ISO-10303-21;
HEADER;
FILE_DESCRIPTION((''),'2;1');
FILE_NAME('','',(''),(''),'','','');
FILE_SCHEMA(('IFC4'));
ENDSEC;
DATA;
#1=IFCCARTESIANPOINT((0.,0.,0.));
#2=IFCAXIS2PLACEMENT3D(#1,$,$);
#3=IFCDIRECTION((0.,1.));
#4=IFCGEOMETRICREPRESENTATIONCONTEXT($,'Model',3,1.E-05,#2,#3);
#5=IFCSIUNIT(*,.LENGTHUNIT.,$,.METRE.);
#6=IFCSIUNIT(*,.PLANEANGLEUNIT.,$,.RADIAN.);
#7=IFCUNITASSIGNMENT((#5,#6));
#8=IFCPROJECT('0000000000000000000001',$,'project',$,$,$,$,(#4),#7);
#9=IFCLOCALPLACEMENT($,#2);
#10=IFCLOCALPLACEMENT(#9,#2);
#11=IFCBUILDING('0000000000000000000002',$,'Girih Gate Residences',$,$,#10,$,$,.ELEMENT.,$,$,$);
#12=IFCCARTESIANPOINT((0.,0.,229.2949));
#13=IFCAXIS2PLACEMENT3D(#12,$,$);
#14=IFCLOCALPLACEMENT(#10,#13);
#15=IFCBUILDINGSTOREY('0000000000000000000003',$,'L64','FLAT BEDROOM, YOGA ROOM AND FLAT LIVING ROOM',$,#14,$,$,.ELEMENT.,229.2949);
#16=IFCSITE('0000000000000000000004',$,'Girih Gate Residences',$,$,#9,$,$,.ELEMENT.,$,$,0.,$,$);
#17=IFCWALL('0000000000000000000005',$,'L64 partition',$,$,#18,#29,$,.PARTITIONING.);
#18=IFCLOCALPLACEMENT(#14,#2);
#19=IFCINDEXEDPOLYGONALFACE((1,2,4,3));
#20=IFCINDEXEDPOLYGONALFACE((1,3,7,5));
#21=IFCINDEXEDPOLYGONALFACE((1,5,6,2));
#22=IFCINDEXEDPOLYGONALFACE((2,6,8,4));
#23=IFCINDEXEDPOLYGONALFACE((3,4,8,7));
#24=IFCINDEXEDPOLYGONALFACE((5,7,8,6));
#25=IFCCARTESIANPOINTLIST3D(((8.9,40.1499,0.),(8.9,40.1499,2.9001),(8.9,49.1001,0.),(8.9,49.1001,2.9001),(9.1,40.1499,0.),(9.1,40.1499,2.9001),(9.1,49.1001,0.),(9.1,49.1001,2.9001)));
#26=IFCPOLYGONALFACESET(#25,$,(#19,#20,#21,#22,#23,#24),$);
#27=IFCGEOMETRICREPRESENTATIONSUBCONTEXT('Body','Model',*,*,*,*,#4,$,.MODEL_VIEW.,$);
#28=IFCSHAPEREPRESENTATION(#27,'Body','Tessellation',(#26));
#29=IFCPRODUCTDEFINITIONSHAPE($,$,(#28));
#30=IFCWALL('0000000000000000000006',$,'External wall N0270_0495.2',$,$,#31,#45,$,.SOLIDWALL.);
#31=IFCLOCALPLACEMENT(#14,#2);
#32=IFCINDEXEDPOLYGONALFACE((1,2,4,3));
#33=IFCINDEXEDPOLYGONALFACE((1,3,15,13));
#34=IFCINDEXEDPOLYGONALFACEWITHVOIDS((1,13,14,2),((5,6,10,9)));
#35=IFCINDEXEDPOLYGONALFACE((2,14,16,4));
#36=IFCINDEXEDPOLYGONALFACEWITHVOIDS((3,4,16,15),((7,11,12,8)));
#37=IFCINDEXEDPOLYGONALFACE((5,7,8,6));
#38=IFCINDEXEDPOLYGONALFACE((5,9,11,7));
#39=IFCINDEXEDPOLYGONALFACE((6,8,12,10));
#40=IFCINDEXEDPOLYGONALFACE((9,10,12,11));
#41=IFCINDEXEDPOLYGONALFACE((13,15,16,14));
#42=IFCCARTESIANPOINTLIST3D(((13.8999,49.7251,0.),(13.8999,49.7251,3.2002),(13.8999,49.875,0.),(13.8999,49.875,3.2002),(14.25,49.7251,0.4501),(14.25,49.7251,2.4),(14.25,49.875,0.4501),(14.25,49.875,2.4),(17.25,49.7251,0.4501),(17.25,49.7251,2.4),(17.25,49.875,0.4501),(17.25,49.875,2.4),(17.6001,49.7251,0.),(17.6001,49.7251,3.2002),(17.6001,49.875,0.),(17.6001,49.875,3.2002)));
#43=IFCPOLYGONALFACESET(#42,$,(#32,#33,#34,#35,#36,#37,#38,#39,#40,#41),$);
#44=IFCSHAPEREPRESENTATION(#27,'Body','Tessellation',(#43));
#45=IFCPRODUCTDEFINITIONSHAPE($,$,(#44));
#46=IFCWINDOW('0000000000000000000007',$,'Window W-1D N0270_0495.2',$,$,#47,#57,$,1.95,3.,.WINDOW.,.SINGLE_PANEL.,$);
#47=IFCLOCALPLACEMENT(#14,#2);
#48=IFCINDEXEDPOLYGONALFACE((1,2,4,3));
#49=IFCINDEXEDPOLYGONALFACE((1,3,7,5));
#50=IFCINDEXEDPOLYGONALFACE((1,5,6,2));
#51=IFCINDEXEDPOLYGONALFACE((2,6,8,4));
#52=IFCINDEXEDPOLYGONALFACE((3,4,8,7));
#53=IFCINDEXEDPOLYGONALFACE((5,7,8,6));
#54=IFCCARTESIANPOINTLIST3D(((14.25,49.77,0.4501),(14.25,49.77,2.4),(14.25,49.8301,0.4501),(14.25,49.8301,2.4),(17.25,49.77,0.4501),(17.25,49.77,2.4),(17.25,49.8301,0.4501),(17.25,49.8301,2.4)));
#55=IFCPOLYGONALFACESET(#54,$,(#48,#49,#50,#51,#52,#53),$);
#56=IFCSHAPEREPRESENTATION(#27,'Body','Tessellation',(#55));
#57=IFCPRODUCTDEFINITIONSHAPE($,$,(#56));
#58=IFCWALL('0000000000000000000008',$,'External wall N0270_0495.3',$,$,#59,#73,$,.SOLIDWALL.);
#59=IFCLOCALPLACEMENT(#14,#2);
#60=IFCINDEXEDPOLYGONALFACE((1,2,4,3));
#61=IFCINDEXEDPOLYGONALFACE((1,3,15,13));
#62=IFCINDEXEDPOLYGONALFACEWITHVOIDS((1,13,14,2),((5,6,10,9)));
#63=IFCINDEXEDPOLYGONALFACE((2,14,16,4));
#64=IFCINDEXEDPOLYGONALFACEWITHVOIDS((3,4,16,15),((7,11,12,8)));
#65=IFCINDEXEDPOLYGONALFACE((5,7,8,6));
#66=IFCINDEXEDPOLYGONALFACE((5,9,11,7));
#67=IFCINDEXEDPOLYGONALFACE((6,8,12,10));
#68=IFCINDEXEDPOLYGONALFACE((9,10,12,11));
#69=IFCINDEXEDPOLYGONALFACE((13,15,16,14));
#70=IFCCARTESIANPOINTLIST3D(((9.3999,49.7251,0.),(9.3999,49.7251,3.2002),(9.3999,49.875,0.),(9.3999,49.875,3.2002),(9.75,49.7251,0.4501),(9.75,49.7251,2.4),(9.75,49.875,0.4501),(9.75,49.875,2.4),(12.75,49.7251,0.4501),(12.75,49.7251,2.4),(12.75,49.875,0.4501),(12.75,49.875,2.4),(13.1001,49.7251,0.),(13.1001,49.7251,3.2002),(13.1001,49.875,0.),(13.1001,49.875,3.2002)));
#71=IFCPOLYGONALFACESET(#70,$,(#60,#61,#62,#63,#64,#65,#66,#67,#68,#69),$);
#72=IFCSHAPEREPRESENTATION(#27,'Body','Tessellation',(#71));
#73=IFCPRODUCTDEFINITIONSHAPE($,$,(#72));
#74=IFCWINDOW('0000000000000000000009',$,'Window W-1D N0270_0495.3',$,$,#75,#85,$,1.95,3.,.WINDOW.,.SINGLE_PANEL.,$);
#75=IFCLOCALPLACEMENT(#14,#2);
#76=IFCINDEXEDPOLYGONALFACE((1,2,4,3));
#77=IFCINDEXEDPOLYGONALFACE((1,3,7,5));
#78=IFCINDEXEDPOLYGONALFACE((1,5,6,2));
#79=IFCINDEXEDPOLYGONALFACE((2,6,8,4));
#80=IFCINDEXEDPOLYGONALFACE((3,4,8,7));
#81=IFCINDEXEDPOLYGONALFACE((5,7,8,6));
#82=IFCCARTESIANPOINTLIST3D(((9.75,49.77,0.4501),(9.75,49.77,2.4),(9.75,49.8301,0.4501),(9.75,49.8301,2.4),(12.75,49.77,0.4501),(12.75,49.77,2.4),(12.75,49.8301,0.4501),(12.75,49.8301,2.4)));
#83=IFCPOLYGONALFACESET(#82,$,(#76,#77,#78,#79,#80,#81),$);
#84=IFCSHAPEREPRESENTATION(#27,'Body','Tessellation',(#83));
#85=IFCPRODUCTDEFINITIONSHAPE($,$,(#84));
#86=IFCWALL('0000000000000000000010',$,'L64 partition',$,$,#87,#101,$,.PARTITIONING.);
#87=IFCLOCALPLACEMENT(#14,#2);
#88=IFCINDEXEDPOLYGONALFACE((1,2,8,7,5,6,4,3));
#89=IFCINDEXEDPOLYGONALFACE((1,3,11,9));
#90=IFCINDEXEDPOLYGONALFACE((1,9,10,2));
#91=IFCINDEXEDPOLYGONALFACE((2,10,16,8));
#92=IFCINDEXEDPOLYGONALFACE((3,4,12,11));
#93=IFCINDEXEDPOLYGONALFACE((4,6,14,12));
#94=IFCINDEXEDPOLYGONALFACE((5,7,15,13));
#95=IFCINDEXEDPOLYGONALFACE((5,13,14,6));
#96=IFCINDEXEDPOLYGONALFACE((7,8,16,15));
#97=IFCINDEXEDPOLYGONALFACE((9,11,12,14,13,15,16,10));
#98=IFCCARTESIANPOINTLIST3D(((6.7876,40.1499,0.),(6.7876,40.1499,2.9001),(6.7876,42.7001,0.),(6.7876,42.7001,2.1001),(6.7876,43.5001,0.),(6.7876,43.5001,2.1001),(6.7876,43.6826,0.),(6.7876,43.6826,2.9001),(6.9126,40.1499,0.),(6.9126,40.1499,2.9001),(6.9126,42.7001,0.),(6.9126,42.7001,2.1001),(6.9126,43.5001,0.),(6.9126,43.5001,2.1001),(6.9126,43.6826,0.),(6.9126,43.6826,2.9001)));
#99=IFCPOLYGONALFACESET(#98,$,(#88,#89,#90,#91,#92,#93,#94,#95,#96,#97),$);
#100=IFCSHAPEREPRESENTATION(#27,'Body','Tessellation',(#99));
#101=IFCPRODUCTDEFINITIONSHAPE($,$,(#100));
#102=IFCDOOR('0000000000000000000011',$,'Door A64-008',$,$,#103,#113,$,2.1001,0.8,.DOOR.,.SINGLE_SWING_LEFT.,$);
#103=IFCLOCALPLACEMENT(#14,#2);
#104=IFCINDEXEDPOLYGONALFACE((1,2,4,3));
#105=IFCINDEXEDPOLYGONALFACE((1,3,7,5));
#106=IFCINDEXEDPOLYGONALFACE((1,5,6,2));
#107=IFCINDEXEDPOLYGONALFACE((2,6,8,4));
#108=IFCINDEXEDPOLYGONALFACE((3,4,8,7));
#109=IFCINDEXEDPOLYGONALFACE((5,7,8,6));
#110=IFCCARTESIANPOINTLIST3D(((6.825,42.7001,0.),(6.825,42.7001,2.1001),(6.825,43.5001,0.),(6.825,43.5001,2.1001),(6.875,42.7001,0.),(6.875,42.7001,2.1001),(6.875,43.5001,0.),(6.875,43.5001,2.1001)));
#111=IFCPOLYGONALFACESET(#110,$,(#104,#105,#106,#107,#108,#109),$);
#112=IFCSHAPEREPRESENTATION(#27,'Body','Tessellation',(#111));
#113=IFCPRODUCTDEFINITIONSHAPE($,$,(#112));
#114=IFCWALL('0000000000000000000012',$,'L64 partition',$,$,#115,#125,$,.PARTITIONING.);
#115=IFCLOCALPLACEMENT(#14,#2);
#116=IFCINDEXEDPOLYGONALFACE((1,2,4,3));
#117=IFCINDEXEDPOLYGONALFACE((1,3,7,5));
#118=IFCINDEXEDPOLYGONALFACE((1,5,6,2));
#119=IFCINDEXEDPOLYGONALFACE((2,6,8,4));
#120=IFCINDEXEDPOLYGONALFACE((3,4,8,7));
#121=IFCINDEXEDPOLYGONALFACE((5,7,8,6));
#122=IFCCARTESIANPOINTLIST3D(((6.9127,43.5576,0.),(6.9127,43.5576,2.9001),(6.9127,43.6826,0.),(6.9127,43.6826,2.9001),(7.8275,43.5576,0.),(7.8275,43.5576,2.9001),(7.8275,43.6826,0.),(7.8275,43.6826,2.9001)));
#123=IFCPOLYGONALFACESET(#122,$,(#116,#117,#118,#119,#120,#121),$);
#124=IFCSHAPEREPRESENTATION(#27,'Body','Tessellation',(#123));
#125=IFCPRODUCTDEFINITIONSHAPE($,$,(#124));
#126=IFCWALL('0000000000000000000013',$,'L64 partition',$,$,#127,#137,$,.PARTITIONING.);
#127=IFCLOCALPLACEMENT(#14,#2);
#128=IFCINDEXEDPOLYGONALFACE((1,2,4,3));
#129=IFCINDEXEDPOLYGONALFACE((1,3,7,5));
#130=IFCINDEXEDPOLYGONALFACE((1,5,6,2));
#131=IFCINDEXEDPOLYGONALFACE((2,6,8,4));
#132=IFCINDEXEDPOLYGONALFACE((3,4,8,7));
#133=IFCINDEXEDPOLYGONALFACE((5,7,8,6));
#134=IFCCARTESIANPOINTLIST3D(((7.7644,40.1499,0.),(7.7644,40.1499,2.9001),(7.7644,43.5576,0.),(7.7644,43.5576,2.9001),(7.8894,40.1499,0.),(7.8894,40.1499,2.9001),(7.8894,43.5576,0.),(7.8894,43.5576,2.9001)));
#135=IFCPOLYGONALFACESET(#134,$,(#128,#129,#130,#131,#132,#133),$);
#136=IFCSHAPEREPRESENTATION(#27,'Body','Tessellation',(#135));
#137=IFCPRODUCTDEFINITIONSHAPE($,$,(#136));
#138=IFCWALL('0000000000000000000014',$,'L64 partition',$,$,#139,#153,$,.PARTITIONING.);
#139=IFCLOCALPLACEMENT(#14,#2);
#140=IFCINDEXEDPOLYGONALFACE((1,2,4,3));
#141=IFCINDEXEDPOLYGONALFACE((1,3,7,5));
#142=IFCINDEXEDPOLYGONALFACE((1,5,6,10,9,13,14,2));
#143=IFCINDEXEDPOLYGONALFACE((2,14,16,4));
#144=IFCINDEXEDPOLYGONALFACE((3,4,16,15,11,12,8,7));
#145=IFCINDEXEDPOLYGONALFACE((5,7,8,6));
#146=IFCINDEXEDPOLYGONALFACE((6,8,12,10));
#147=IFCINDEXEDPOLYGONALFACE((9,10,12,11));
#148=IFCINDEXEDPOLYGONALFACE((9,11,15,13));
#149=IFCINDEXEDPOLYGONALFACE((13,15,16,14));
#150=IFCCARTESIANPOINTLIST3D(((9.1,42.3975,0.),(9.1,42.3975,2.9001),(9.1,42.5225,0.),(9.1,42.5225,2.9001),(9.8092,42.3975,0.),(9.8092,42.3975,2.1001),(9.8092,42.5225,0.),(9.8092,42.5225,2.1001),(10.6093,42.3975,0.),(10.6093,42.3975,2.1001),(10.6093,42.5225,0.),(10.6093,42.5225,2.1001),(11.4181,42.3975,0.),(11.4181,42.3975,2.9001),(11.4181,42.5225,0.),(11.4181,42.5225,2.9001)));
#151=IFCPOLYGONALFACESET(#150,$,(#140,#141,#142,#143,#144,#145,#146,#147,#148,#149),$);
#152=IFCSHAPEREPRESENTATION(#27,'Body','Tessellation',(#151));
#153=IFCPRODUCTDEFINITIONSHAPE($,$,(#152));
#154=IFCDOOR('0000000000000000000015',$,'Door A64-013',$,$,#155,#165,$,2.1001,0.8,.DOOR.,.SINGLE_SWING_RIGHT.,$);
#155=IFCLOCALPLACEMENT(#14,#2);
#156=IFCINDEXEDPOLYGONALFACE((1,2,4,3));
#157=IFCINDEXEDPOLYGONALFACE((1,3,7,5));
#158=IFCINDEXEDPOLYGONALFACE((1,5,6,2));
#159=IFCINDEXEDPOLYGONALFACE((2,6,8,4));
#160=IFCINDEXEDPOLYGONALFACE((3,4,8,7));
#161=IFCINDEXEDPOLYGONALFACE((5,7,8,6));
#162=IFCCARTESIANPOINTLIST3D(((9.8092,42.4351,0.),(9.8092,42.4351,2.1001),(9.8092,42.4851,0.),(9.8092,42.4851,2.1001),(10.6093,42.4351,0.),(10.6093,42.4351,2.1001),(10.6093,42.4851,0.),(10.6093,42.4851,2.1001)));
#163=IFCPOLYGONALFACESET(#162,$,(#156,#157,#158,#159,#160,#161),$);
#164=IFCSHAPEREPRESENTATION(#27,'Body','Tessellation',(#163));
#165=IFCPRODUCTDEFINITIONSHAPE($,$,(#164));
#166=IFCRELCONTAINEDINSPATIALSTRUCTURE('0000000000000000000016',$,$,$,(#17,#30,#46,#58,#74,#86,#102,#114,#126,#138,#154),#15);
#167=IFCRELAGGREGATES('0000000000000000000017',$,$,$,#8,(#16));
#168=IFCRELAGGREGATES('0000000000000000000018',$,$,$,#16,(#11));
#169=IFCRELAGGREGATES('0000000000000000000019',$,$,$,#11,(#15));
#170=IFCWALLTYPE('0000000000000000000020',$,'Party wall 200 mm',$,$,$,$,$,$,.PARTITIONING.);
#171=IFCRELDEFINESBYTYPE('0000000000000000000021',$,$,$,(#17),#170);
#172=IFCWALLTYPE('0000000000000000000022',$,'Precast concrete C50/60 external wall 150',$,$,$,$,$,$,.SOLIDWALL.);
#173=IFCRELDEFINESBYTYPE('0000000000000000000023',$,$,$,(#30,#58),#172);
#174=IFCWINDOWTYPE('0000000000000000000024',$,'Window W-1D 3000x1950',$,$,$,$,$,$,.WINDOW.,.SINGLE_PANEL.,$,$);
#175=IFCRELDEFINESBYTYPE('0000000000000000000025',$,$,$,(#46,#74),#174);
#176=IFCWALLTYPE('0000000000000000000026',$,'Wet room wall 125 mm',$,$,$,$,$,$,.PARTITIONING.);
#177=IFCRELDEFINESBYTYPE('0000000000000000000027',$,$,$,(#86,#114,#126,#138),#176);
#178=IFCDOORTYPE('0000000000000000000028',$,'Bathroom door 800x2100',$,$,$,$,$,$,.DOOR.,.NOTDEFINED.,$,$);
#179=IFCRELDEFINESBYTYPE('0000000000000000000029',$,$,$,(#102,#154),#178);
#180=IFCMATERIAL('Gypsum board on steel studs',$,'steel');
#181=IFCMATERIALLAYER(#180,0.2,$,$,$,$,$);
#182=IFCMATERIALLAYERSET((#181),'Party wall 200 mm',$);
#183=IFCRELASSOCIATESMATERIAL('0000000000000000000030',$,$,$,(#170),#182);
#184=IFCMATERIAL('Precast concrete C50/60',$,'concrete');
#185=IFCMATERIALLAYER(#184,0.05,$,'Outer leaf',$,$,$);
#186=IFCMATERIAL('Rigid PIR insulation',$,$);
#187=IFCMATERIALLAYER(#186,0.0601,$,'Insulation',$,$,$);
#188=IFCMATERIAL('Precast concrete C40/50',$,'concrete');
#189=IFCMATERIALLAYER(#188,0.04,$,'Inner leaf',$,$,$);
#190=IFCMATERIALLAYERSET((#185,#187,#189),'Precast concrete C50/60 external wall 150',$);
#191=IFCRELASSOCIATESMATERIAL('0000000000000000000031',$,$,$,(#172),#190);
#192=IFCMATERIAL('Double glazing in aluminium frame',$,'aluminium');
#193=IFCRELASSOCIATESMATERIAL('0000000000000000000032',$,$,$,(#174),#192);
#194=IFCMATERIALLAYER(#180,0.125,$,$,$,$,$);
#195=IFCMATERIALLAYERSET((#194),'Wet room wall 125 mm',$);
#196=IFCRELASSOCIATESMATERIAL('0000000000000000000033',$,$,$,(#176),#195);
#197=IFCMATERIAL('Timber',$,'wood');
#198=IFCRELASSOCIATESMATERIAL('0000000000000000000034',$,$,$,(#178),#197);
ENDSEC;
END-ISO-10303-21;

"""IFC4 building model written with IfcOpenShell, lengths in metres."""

from ifc_helpers import new_model, si_unit, direction, frame, frame_2d, origin, place, context, subcontext, project, spatial, rectangle, extrude, material, layer, layer_set, type_object, element, fill, save


model = new_model("IFC4")

# Units and contexts
model_context = context("Model", 3, precision=1e-05, world=origin(), true_north=direction((0.0, 1.0)))
body_context = subcontext(model_context, "Body", "Model", "MODEL_VIEW")
ifc_project = project(units=[si_unit("LENGTHUNIT", "METRE"), si_unit("PLANEANGLEUNIT", "RADIAN")], contexts=[model_context])

# Site, building, storey
site_placement = place(None, origin())
site = spatial("IfcSite", under=ifc_project, at=site_placement, Name="Girih Gate Residences", CompositionType="ELEMENT", RefElevation=0.0)
building_placement = place(site_placement, origin())
building = spatial("IfcBuilding", under=site, at=building_placement, Name="Girih Gate Residences", CompositionType="ELEMENT")
storey_placement = place(building_placement, frame((0.0, 0.0, 229.2949)))
storey = spatial("IfcBuildingStorey", under=building, at=storey_placement, Name="L64", Description="FLAT BEDROOM, YOGA ROOM AND FLAT LIVING ROOM", CompositionType="ELEMENT", Elevation=229.2949)

# Shared definitions
ifc_material_1 = material(Name="Gypsum board on steel studs", Category="steel")

# Shared definitions
ifc_material_2 = material(Name="Timber", Category="wood")

# Wall
ifc_layer_1 = layer(ifc_material_1, 0.2)
ifc_layer_set_1 = layer_set([ifc_layer_1], Name="Party wall 200 mm")
wall_type_1 = type_object("IfcWallType", Name="Party wall 200 mm", PredefinedType="PARTITIONING", material=ifc_layer_set_1)
wall_1_placement = place(storey_placement, frame((9.0, 40.1499, 0.0), z_axis=(0.0, 0.0, 1.0), x_axis=(0.0, 1.0, 0.0)))
element("IfcWall", 1, at=wall_1_placement, inside=storey, type_object=wall_type_1, Name="L64 partition", PredefinedType="PARTITIONING", context=body_context, shape_type="SweptSolid", body=[
    extrude(rectangle(XDim=8.9502, YDim=0.2, at=frame_2d((4.4751, 0.0))), origin(), (0.0, 0.0, 1.0), 2.9001),
])

# Walls, openings, windows
ifc_material_3 = material(Name="Precast concrete C50/60", Category="concrete")
ifc_layer_2 = layer(ifc_material_3, 0.05, Name="Outer leaf")
ifc_material_4 = material(Name="Rigid PIR insulation")
ifc_layer_3 = layer(ifc_material_4, 0.0601, Name="Insulation")
ifc_material_5 = material(Name="Precast concrete C40/50", Category="concrete")
ifc_layer_4 = layer(ifc_material_5, 0.04, Name="Inner leaf")
ifc_layer_set_2 = layer_set([ifc_layer_2, ifc_layer_3, ifc_layer_4], Name="Precast concrete C50/60 external wall 150")
wall_type_2 = type_object("IfcWallType", Name="Precast concrete C50/60 external wall 150", PredefinedType="SOLIDWALL", material=ifc_layer_set_2)
wall_2_placement = place(storey_placement, frame((13.8999, 49.8, 0.0), z_axis=(0.0, 0.0, 1.0), x_axis=(1.0, 0.0, 0.0)))
wall_2 = element("IfcWall", 2, at=wall_2_placement, inside=storey, type_object=wall_type_2, Name="External wall N0270_0495.2", PredefinedType="SOLIDWALL", context=body_context, shape_type="SweptSolid", body=[
    extrude(rectangle(XDim=3.7002, YDim=0.1499, at=frame_2d((1.8501, 0.0))), origin(), (0.0, 0.0, 1.0), 3.2002),
])
opening_1_placement = place(wall_2_placement, frame((0.3501, 0.0, 0.45)))
opening_1 = element("IfcOpeningElement", 3, at=opening_1_placement, cuts=wall_2, PredefinedType="OPENING", context=body_context, shape_type="SweptSolid", body=[
    extrude(rectangle(XDim=3.0, YDim=1.95, at=frame_2d((1.5, 0.9751))), frame((0.0, 0.085, 0.0), z_axis=(0.0, -1.0, 0.0), x_axis=(1.0, 0.0, 0.0)), (0.0, 0.0, 1.0), 0.1699),
])
ifc_material_6 = material(Name="Double glazing in aluminium frame", Category="aluminium")
window_type = type_object("IfcWindowType", Name="Window W-1D 3000x1950", PartitioningType="SINGLE_PANEL", PredefinedType="WINDOW", material=ifc_material_6)
window_1_placement = place(opening_1_placement, origin())
window_1 = element("IfcWindow", 4, at=window_1_placement, inside=storey, type_object=window_type, Name="Window W-1D N0270_0495.2", OverallHeight=1.95, OverallWidth=3.0, PartitioningType="SINGLE_PANEL", PredefinedType="WINDOW", context=body_context, shape_type="SweptSolid", body=[
    extrude(rectangle(XDim=3.0, YDim=1.95, at=frame_2d((1.5, 0.9751))), frame((0.0, 0.03, 0.0), z_axis=(0.0, -1.0, 0.0), x_axis=(1.0, 0.0, 0.0)), (0.0, 0.0, 1.0), 0.0601),
])
fill(opening_1, window_1)
wall_3_placement = place(storey_placement, frame((9.3999, 49.8, 0.0), z_axis=(0.0, 0.0, 1.0), x_axis=(1.0, 0.0, 0.0)))
wall_3 = element("IfcWall", 5, at=wall_3_placement, inside=storey, type_object=wall_type_2, Name="External wall N0270_0495.3", PredefinedType="SOLIDWALL", context=body_context, shape_type="SweptSolid", body=[
    extrude(rectangle(XDim=3.7002, YDim=0.1499, at=frame_2d((1.8501, 0.0))), origin(), (0.0, 0.0, 1.0), 3.2002),
])
opening_2_placement = place(wall_3_placement, frame((0.3501, 0.0, 0.45)))
opening_2 = element("IfcOpeningElement", 6, at=opening_2_placement, cuts=wall_3, PredefinedType="OPENING", context=body_context, shape_type="SweptSolid", body=[
    extrude(rectangle(XDim=3.0, YDim=1.95, at=frame_2d((1.5, 0.9751))), frame((0.0, 0.085, 0.0), z_axis=(0.0, -1.0, 0.0), x_axis=(1.0, 0.0, 0.0)), (0.0, 0.0, 1.0), 0.1699),
])
window_2_placement = place(opening_2_placement, origin())
window_2 = element("IfcWindow", 7, at=window_2_placement, inside=storey, type_object=window_type, Name="Window W-1D N0270_0495.3", OverallHeight=1.95, OverallWidth=3.0, PartitioningType="SINGLE_PANEL", PredefinedType="WINDOW", context=body_context, shape_type="SweptSolid", body=[
    extrude(rectangle(XDim=3.0, YDim=1.95, at=frame_2d((1.5, 0.9751))), frame((0.0, 0.03, 0.0), z_axis=(0.0, -1.0, 0.0), x_axis=(1.0, 0.0, 0.0)), (0.0, 0.0, 1.0), 0.0601),
])
fill(opening_2, window_2)

# Wall, opening, door
ifc_layer_5 = layer(ifc_material_1, 0.125)
ifc_layer_set_3 = layer_set([ifc_layer_5], Name="Wet room wall 125 mm")
wall_type_3 = type_object("IfcWallType", Name="Wet room wall 125 mm", PredefinedType="PARTITIONING", material=ifc_layer_set_3)
wall_4_placement = place(storey_placement, frame((6.8501, 43.6826, 0.0), z_axis=(0.0, 0.0, 1.0), x_axis=(0.0, -1.0, 0.0)))
wall_4 = element("IfcWall", 8, at=wall_4_placement, inside=storey, type_object=wall_type_3, Name="L64 partition", PredefinedType="PARTITIONING", context=body_context, shape_type="SweptSolid", body=[
    extrude(rectangle(XDim=3.5327, YDim=0.125, at=frame_2d((1.7664, 0.0))), origin(), (0.0, 0.0, 1.0), 2.9001),
])
opening_3_placement = place(wall_4_placement, frame((0.1826, 0.0, 0.0)))
opening_3 = element("IfcOpeningElement", 9, at=opening_3_placement, cuts=wall_4, PredefinedType="OPENING", context=body_context, shape_type="SweptSolid", body=[
    extrude(rectangle(XDim=0.8, YDim=2.1001, at=frame_2d((0.3999, 1.05))), frame((0.0, 0.0725, 0.0), z_axis=(0.0, -1.0, 0.0), x_axis=(1.0, 0.0, 0.0)), (0.0, 0.0, 1.0), 0.145),
])
door_type_1 = type_object("IfcDoorType", Name="Bathroom door 800x2100", OperationType="NOTDEFINED", PredefinedType="DOOR", material=ifc_material_2)
door_1_placement = place(opening_3_placement, origin())
door_1 = element("IfcDoor", 10, at=door_1_placement, inside=storey, type_object=door_type_1, Name="Door A64-008", OperationType="SINGLE_SWING_LEFT", OverallHeight=2.1001, OverallWidth=0.8, PredefinedType="DOOR", context=body_context, shape_type="SweptSolid", body=[
    extrude(rectangle(XDim=0.8, YDim=2.1001, at=frame_2d((0.3999, 1.05))), frame((0.0, 0.0249, 0.0), z_axis=(0.0, -1.0, 0.0), x_axis=(1.0, 0.0, 0.0)), (0.0, 0.0, 1.0), 0.05),
])
fill(opening_3, door_1)

# Walls
wall_5_placement = place(storey_placement, frame((6.9126, 43.6201, 0.0), z_axis=(0.0, 0.0, 1.0), x_axis=(1.0, 0.0, 0.0)))
element("IfcWall", 11, at=wall_5_placement, inside=storey, type_object=wall_type_3, Name="L64 partition", PredefinedType="PARTITIONING", context=body_context, shape_type="SweptSolid", body=[
    extrude(rectangle(XDim=0.9148, YDim=0.125, at=frame_2d((0.4575, 0.0))), origin(), (0.0, 0.0, 1.0), 2.9001),
])
wall_6_placement = place(storey_placement, frame((7.8269, 40.1499, 0.0), z_axis=(0.0, 0.0, 1.0), x_axis=(0.0, 1.0, 0.0)))
element("IfcWall", 12, at=wall_6_placement, inside=storey, type_object=wall_type_3, Name="L64 partition", PredefinedType="PARTITIONING", context=body_context, shape_type="SweptSolid", body=[
    extrude(rectangle(XDim=3.4077, YDim=0.125, at=frame_2d((1.7039, 0.0))), origin(), (0.0, 0.0, 1.0), 2.9001),
])

# Wall, opening, door
wall_7_placement = place(storey_placement, frame((11.4182, 42.46, 0.0), z_axis=(0.0, 0.0, 1.0), x_axis=(-1.0, 0.0, 0.0)))
wall_7 = element("IfcWall", 13, at=wall_7_placement, inside=storey, type_object=wall_type_3, Name="L64 partition", PredefinedType="PARTITIONING", context=body_context, shape_type="SweptSolid", body=[
    extrude(rectangle(XDim=2.3181, YDim=0.125, at=frame_2d((1.1592, 0.0))), origin(), (0.0, 0.0, 1.0), 2.9001),
])
opening_4_placement = place(wall_7_placement, frame((0.8091, 0.0, 0.0)))
opening_4 = element("IfcOpeningElement", 14, at=opening_4_placement, cuts=wall_7, PredefinedType="OPENING", context=body_context, shape_type="SweptSolid", body=[
    extrude(rectangle(XDim=0.8, YDim=2.1001, at=frame_2d((0.3999, 1.05))), frame((0.0, 0.0725, 0.0), z_axis=(0.0, -1.0, 0.0), x_axis=(1.0, 0.0, 0.0)), (0.0, 0.0, 1.0), 0.145),
])
door_2_placement = place(opening_4_placement, origin())
door_2 = element("IfcDoor", 15, at=door_2_placement, inside=storey, type_object=door_type_1, Name="Door A64-013", OperationType="SINGLE_SWING_RIGHT", OverallHeight=2.1001, OverallWidth=0.8, PredefinedType="DOOR", context=body_context, shape_type="SweptSolid", body=[
    extrude(rectangle(XDim=0.8, YDim=2.1001, at=frame_2d((0.3999, 1.05))), frame((0.0, 0.0249, 0.0), z_axis=(0.0, -1.0, 0.0), x_axis=(1.0, 0.0, 0.0)), (0.0, 0.0, 1.0), 0.05),
])
fill(opening_4, door_2)

save(model, "model.ifc")
